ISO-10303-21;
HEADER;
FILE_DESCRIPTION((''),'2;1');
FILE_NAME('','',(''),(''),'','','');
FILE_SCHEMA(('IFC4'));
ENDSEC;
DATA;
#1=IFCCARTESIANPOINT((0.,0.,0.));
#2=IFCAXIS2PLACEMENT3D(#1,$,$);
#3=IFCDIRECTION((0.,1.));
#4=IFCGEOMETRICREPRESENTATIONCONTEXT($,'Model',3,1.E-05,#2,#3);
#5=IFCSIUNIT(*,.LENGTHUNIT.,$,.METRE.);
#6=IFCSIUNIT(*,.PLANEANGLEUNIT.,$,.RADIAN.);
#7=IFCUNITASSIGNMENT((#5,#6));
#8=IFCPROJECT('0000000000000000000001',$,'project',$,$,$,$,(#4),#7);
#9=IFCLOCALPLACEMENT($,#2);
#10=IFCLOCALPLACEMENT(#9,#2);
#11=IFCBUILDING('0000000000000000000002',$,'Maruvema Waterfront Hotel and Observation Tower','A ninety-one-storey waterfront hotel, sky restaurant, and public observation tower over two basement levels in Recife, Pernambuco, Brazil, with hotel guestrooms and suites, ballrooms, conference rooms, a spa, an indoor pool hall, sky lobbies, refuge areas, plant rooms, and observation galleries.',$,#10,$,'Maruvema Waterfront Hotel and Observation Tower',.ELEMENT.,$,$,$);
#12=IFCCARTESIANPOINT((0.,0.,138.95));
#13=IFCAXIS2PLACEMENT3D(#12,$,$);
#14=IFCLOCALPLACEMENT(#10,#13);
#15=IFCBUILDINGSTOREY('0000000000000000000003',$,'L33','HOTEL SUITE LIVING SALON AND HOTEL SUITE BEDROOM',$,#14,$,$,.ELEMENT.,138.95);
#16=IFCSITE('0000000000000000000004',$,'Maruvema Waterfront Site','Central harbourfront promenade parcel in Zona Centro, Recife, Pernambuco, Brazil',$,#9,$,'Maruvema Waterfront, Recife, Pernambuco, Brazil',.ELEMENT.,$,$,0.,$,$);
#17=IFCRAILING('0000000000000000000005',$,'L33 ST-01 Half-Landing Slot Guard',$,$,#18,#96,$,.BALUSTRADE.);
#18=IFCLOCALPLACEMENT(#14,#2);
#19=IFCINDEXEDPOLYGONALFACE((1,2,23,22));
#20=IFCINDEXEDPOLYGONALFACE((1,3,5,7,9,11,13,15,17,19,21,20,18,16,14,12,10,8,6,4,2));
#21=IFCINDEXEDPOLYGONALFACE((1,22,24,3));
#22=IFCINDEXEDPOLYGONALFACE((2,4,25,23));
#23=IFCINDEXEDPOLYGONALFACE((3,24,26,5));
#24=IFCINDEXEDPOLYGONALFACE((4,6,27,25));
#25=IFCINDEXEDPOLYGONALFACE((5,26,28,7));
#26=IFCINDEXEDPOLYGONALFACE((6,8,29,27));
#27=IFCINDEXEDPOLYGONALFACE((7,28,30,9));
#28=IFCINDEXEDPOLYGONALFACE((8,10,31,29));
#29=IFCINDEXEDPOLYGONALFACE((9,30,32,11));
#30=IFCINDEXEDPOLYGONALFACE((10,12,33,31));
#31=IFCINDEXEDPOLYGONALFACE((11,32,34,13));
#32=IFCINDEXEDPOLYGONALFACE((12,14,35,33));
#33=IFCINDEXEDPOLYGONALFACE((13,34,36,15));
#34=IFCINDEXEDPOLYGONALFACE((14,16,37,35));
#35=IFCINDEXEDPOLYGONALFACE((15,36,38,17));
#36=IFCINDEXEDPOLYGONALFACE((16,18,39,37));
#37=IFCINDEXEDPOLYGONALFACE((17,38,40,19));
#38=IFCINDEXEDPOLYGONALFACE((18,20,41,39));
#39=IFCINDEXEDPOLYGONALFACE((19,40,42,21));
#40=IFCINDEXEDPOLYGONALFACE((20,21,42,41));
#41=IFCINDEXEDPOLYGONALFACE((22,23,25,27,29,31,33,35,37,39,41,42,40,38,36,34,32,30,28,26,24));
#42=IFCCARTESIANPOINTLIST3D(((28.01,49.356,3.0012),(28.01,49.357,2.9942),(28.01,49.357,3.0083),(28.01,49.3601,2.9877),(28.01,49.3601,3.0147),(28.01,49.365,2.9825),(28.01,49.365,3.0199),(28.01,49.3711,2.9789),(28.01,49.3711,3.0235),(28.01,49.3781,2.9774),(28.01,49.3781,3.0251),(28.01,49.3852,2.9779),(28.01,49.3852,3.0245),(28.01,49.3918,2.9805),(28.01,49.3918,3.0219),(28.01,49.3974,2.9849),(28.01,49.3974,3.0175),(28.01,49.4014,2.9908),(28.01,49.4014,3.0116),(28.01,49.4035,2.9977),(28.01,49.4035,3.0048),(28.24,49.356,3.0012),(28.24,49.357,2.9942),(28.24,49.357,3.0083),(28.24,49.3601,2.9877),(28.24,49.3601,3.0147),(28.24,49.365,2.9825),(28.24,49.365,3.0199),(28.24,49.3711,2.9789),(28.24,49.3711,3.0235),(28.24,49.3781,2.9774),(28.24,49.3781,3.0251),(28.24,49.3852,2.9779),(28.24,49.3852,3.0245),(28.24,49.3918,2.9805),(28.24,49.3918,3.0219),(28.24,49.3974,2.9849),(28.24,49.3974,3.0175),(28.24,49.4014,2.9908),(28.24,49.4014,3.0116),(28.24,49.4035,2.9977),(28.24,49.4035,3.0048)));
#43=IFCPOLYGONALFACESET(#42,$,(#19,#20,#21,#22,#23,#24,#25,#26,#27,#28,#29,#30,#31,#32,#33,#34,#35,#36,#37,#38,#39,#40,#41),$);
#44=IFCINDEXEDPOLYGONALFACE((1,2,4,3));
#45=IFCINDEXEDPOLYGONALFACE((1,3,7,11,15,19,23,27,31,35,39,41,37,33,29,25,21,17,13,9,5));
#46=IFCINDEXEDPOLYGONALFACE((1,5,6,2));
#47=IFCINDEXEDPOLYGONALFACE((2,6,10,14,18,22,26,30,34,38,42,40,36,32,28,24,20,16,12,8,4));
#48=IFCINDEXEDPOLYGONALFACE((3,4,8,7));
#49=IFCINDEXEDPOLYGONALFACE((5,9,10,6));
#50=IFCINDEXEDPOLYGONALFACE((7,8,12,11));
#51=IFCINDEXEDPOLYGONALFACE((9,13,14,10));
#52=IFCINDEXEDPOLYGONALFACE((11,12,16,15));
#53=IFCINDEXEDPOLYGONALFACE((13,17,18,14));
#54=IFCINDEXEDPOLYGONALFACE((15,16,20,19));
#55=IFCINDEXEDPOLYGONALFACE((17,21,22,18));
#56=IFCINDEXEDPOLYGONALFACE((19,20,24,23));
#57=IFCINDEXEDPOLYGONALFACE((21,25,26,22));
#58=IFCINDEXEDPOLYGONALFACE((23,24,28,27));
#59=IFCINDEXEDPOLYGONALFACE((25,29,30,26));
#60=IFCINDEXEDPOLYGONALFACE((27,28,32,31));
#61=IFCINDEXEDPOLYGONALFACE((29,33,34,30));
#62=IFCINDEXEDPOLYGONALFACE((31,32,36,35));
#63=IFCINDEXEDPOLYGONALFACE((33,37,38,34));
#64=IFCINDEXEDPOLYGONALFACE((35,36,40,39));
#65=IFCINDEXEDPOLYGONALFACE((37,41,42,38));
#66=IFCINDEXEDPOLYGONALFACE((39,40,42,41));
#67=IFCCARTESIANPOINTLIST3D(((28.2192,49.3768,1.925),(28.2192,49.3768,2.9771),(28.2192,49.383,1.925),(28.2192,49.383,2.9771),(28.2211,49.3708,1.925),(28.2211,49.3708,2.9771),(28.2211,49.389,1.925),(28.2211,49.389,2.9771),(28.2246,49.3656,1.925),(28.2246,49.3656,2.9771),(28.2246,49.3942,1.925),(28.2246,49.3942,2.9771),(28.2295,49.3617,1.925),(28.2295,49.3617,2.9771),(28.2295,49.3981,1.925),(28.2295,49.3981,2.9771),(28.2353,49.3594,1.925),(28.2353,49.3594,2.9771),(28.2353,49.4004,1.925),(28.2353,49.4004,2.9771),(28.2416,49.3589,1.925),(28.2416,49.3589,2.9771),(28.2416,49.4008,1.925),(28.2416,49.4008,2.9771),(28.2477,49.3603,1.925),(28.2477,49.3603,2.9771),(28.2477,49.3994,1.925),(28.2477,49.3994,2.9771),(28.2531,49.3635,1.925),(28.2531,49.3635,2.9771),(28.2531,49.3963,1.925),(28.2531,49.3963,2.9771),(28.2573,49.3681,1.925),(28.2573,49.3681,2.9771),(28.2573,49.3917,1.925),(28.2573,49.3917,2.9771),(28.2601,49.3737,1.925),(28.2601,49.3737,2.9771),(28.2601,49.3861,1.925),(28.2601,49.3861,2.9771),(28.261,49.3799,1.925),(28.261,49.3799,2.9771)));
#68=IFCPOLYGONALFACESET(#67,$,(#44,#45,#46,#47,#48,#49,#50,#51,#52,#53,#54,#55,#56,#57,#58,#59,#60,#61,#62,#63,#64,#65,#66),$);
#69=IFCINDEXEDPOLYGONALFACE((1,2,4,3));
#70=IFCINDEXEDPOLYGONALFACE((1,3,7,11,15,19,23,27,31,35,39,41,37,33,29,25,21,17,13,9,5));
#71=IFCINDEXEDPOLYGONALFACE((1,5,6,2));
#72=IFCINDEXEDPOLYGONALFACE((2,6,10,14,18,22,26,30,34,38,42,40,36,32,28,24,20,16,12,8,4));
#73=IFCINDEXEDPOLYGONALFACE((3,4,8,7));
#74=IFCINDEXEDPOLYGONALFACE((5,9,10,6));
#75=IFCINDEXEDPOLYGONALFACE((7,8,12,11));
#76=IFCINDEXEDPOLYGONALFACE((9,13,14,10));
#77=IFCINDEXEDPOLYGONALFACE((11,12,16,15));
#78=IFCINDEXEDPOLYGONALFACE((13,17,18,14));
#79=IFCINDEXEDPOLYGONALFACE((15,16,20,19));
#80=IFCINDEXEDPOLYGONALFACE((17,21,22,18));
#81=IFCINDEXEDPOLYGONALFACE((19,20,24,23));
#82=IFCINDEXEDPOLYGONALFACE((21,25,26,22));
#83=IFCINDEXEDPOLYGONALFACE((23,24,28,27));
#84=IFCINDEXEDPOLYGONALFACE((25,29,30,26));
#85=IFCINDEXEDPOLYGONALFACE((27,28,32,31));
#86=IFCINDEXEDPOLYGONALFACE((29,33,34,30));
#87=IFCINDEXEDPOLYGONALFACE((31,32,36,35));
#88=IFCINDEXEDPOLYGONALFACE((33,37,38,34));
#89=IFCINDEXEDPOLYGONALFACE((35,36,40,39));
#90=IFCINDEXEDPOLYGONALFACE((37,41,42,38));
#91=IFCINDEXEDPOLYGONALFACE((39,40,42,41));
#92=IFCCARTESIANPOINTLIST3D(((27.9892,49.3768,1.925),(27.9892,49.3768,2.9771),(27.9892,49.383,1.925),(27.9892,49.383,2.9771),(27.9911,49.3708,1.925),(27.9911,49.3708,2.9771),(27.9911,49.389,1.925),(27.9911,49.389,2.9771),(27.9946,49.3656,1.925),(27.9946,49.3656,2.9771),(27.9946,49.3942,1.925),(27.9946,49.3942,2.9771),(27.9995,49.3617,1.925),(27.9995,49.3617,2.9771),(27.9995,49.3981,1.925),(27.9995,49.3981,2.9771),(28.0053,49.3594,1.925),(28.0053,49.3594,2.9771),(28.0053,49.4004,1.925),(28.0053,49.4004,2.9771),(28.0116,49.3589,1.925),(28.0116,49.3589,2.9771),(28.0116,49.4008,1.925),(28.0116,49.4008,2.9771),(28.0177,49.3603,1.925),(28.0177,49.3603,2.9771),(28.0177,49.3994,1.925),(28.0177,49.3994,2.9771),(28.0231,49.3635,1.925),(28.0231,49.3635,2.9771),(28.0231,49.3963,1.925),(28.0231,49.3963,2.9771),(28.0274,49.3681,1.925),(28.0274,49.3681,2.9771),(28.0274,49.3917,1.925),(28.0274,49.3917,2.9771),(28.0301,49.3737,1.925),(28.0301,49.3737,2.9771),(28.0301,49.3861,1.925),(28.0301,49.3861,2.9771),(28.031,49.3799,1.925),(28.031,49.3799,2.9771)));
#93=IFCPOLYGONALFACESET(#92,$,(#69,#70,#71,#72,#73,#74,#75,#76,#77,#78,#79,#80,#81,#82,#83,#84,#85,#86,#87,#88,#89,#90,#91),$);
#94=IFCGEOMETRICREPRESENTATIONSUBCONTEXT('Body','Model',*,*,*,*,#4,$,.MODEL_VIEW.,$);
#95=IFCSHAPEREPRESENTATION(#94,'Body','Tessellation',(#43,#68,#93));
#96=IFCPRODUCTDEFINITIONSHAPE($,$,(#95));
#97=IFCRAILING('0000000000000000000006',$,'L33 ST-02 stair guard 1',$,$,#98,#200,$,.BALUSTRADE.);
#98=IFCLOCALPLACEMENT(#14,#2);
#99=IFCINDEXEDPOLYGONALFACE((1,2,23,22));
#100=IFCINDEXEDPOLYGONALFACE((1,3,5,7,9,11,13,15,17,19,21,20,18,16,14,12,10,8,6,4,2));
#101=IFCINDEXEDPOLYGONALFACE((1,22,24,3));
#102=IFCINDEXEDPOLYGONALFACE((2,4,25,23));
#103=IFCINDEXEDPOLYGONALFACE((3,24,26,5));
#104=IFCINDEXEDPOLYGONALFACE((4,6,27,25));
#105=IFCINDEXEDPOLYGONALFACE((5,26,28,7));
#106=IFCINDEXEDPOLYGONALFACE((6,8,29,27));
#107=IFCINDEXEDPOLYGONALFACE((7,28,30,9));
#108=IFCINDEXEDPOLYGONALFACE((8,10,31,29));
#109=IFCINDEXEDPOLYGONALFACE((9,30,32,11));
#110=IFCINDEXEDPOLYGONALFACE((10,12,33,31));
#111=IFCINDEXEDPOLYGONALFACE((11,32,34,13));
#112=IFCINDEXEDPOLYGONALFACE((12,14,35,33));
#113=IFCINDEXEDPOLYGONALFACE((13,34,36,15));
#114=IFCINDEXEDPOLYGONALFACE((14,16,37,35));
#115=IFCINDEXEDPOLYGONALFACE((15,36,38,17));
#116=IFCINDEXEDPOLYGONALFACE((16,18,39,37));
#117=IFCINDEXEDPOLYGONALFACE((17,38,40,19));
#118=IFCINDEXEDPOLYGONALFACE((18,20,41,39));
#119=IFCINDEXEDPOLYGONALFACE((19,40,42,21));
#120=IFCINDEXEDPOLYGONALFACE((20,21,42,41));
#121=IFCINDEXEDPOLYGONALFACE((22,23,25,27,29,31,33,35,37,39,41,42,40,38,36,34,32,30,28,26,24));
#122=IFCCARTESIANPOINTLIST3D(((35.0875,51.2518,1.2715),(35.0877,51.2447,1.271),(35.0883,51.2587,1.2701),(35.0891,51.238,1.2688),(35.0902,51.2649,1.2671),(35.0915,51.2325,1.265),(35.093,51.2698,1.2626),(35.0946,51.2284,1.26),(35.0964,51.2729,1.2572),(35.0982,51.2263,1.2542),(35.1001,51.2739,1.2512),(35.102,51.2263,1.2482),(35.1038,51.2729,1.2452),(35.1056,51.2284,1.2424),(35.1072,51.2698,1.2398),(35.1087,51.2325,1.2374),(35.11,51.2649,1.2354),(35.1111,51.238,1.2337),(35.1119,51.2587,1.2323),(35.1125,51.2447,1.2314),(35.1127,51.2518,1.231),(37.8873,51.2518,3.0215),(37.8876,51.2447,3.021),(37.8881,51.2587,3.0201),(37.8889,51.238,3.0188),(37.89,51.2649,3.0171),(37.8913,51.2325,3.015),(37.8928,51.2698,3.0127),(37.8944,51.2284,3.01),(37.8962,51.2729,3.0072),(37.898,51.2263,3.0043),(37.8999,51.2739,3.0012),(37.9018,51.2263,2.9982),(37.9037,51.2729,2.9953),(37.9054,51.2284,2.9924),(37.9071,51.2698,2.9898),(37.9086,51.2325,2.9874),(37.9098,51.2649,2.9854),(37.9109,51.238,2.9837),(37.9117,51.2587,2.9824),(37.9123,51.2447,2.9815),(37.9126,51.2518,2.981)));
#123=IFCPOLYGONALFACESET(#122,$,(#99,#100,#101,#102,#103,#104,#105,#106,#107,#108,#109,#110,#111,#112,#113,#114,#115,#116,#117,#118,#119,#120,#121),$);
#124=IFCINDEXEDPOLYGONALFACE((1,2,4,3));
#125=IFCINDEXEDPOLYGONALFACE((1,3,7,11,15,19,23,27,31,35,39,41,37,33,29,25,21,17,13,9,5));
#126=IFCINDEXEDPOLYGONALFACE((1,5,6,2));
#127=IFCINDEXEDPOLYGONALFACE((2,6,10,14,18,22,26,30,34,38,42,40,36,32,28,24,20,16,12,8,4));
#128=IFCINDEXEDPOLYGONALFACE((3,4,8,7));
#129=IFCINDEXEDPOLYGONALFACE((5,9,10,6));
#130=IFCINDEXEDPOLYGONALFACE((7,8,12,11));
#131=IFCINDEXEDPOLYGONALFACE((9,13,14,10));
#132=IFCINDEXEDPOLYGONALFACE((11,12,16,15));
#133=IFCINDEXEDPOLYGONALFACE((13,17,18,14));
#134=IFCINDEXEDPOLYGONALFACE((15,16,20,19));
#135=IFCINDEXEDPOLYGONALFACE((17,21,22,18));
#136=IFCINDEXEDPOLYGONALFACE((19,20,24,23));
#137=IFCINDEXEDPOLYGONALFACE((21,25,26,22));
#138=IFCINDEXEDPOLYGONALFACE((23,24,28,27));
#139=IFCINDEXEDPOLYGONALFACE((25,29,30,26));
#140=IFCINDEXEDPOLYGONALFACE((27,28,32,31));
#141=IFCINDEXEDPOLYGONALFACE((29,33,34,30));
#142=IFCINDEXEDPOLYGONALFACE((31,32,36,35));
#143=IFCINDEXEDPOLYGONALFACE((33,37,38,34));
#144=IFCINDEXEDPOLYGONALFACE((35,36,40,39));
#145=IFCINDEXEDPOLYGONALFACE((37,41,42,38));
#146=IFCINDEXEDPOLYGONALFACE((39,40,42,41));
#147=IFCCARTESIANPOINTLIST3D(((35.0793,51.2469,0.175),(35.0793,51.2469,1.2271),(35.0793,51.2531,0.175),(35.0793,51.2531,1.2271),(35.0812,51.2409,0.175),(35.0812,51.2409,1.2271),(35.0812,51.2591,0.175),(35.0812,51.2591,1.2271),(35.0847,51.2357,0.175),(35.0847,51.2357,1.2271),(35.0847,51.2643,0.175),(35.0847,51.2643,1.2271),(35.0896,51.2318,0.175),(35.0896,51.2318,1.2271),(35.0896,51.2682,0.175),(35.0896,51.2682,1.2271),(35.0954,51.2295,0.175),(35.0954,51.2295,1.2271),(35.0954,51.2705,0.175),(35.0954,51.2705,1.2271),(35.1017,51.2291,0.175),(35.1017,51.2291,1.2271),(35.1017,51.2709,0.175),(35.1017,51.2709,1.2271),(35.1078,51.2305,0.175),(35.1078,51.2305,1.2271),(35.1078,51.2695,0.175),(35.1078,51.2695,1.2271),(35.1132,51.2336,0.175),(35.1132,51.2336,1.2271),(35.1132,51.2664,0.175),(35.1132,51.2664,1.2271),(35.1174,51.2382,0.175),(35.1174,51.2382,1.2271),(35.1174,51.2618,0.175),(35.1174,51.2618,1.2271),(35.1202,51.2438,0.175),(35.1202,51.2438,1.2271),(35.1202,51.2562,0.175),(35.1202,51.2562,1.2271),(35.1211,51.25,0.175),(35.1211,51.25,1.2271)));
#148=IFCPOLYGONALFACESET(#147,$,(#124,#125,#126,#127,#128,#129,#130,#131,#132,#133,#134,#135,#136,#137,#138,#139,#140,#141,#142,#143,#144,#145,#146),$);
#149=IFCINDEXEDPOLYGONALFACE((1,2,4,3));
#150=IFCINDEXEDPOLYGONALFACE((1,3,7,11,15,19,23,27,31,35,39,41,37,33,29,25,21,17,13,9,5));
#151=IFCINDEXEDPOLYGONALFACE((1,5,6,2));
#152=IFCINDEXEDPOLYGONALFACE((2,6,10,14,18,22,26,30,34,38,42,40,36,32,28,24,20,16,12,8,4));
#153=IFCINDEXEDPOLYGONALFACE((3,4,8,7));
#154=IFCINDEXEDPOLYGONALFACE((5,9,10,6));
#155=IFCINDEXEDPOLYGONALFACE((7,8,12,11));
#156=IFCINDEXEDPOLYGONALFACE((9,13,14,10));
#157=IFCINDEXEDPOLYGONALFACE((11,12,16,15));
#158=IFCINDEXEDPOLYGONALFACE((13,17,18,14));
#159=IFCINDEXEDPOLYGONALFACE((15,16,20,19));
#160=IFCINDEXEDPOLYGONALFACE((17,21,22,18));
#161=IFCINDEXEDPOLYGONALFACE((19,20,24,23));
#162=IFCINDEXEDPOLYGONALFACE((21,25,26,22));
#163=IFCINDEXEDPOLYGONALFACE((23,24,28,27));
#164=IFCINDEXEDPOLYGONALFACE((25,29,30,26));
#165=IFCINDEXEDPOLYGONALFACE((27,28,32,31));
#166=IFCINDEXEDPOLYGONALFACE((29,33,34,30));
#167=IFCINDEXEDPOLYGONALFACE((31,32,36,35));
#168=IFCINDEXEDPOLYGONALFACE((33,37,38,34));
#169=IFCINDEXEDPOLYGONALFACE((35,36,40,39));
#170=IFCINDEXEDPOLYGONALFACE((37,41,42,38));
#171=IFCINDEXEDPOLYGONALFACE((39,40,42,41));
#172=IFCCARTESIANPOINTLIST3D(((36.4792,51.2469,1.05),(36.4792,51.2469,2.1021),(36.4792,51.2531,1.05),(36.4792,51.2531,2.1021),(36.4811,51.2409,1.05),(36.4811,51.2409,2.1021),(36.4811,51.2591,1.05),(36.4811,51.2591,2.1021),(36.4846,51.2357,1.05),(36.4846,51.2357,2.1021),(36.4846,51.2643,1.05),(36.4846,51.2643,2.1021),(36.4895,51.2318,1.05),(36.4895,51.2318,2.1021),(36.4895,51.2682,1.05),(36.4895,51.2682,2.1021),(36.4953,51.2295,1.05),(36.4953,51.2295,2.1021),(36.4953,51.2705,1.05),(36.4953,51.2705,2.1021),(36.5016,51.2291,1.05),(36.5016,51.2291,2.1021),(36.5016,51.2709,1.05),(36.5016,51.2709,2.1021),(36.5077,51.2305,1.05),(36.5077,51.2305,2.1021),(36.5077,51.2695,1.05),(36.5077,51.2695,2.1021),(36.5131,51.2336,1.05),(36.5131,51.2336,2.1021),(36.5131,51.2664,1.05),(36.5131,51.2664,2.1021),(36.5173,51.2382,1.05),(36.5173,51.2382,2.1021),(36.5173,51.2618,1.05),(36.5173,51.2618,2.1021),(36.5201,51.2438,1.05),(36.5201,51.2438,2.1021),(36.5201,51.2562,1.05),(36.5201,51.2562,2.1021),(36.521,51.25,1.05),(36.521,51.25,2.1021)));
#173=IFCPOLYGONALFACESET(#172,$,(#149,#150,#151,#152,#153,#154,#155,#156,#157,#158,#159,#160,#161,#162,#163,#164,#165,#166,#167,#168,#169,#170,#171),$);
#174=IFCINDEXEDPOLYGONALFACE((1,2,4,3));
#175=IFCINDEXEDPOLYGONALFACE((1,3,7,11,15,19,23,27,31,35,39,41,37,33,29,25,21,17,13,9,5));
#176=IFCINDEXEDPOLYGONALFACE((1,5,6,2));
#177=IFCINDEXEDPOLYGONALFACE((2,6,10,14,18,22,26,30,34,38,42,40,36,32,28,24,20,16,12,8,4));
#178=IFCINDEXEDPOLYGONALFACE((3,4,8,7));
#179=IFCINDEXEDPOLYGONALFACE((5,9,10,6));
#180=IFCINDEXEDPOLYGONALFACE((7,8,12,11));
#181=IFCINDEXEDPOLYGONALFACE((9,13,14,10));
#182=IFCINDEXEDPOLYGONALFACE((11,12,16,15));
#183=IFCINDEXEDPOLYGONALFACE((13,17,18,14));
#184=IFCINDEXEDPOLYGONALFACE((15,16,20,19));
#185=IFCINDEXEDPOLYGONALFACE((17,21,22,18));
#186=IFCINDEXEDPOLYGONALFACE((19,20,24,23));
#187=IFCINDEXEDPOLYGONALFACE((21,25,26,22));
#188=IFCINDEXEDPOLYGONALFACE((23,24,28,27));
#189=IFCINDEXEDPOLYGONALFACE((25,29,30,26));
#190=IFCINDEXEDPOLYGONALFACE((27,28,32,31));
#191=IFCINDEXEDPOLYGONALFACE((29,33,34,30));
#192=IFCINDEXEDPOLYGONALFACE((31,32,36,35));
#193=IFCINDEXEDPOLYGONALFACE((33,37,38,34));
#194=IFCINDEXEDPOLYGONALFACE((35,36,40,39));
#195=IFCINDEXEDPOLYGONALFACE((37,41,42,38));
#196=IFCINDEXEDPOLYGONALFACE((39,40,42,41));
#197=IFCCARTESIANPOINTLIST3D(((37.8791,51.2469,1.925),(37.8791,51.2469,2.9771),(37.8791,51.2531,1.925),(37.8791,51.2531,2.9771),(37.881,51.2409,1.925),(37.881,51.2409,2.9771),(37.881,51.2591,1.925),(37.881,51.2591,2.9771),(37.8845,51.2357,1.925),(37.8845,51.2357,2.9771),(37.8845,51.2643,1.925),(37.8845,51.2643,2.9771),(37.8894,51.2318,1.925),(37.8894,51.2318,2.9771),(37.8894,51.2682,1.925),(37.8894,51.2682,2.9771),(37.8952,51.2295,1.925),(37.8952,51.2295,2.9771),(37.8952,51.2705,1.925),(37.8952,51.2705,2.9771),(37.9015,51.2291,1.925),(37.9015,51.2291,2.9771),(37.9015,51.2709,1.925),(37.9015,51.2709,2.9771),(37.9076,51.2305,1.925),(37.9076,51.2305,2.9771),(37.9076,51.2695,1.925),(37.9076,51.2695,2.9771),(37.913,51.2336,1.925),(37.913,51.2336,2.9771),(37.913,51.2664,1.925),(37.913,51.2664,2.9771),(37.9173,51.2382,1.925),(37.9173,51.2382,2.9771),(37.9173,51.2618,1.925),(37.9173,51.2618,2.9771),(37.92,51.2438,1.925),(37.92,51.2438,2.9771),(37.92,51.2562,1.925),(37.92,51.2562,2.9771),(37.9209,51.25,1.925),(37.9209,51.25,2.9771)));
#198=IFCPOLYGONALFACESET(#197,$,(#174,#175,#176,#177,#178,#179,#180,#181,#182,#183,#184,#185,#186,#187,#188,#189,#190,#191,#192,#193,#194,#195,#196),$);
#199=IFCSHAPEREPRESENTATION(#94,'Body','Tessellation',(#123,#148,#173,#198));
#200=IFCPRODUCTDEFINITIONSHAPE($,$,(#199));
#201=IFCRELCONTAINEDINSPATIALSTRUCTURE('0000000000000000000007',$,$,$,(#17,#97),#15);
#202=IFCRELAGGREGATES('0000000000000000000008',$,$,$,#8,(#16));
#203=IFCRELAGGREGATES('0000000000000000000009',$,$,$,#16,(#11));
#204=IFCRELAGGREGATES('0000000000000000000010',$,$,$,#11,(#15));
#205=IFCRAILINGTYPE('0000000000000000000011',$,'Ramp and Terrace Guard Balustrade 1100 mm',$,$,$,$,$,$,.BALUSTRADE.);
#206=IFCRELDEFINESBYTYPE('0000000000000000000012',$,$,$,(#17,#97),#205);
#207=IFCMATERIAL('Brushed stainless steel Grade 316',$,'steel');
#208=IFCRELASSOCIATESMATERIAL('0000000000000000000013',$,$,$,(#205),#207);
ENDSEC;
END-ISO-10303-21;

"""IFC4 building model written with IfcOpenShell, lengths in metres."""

from ifc_helpers import new_model, si_unit, direction, frame, origin, origin_2d, place, context, subcontext, project, spatial, circle, extrude, material, type_object, element, save


model = new_model("IFC4")

# Units and contexts
model_context = context("Model", 3, precision=1e-05, world=origin(), true_north=direction((0.0, 1.0)))
body_context = subcontext(model_context, "Body", "Model", "MODEL_VIEW")
ifc_project = project(units=[si_unit("LENGTHUNIT", "METRE"), si_unit("PLANEANGLEUNIT", "RADIAN")], contexts=[model_context])

# Site, building, storey
site_placement = place(None, origin())
site = spatial("IfcSite", under=ifc_project, at=site_placement, Name="Maruvema Waterfront Site", Description="Central harbourfront promenade parcel in Zona Centro, Recife, Pernambuco, Brazil", LongName="Maruvema Waterfront, Recife, Pernambuco, Brazil", CompositionType="ELEMENT", RefElevation=0.0)
building_placement = place(site_placement, origin())
building = spatial("IfcBuilding", under=site, at=building_placement, Name="Maruvema Waterfront Hotel and Observation Tower", Description="A ninety-one-storey waterfront hotel, sky restaurant, and public observation tower over two basement levels in Recife, Pernambuco, Brazil, with hotel guestrooms and suites, ballrooms, conference rooms, a spa, an indoor pool hall, sky lobbies, refuge areas, plant rooms, and observation galleries.", LongName="Maruvema Waterfront Hotel and Observation Tower", CompositionType="ELEMENT")
storey_placement = place(building_placement, frame((0.0, 0.0, 138.95)))
storey = spatial("IfcBuildingStorey", under=building, at=storey_placement, Name="L33", Description="HOTEL SUITE LIVING SALON AND HOTEL SUITE BEDROOM", CompositionType="ELEMENT", Elevation=138.95)

# Railings
ifc_material_1 = material(Name="Brushed stainless steel Grade 316", Category="steel")
railing_type_1 = type_object("IfcRailingType", Name="Ramp and Terrace Guard Balustrade 1100 mm", PredefinedType="BALUSTRADE", material=ifc_material_1)
railing_1_placement = place(storey_placement, frame((28.24, 49.3799, 1.925)))
element("IfcRailing", 1, at=railing_1_placement, inside=storey, type_object=railing_type_1, Name="L33 ST-01 Half-Landing Slot Guard", PredefinedType="BALUSTRADE", context=body_context, shape_type="SweptSolid", body=[
    extrude(circle(Radius=0.0239, at=origin_2d()), frame((0.0, 0.0, 1.0762), z_axis=(-1.0, 0.0, 0.0), x_axis=(0.0, -1.0, 0.0)), (0.0, 0.0, 1.0), 0.23),
    extrude(circle(Radius=0.021, at=origin_2d()), origin(), (0.0, 0.0, 1.0), 1.052),
    extrude(circle(Radius=0.021, at=origin_2d()), frame((-0.23, 0.0, 0.0)), (0.0, 0.0, 1.0), 1.052),
])
railing_2_placement = place(storey_placement, frame((35.1001, 51.25, 0.175)))
element("IfcRailing", 2, at=railing_2_placement, inside=storey, type_object=railing_type_1, Name="L33 ST-02 stair guard 1", PredefinedType="BALUSTRADE", context=body_context, shape_type="SweptSolid", body=[
    extrude(circle(Radius=0.0239, at=origin_2d()), frame((0.0, 0.0, 1.0762), z_axis=(0.847982, 0.0, 0.530026), x_axis=(0.0, 1.0, 0.0)), (0.0, 0.0, 1.0), 3.3018),
    extrude(circle(Radius=0.021, at=origin_2d()), origin(), (0.0, 0.0, 1.0), 1.052),
    extrude(circle(Radius=0.021, at=origin_2d()), frame((1.3999, 0.0, 0.875)), (0.0, 0.0, 1.0), 1.052),
    extrude(circle(Radius=0.021, at=origin_2d()), frame((2.7998, 0.0, 1.75)), (0.0, 0.0, 1.0), 1.052),
])

save(model, "model.ifc")
